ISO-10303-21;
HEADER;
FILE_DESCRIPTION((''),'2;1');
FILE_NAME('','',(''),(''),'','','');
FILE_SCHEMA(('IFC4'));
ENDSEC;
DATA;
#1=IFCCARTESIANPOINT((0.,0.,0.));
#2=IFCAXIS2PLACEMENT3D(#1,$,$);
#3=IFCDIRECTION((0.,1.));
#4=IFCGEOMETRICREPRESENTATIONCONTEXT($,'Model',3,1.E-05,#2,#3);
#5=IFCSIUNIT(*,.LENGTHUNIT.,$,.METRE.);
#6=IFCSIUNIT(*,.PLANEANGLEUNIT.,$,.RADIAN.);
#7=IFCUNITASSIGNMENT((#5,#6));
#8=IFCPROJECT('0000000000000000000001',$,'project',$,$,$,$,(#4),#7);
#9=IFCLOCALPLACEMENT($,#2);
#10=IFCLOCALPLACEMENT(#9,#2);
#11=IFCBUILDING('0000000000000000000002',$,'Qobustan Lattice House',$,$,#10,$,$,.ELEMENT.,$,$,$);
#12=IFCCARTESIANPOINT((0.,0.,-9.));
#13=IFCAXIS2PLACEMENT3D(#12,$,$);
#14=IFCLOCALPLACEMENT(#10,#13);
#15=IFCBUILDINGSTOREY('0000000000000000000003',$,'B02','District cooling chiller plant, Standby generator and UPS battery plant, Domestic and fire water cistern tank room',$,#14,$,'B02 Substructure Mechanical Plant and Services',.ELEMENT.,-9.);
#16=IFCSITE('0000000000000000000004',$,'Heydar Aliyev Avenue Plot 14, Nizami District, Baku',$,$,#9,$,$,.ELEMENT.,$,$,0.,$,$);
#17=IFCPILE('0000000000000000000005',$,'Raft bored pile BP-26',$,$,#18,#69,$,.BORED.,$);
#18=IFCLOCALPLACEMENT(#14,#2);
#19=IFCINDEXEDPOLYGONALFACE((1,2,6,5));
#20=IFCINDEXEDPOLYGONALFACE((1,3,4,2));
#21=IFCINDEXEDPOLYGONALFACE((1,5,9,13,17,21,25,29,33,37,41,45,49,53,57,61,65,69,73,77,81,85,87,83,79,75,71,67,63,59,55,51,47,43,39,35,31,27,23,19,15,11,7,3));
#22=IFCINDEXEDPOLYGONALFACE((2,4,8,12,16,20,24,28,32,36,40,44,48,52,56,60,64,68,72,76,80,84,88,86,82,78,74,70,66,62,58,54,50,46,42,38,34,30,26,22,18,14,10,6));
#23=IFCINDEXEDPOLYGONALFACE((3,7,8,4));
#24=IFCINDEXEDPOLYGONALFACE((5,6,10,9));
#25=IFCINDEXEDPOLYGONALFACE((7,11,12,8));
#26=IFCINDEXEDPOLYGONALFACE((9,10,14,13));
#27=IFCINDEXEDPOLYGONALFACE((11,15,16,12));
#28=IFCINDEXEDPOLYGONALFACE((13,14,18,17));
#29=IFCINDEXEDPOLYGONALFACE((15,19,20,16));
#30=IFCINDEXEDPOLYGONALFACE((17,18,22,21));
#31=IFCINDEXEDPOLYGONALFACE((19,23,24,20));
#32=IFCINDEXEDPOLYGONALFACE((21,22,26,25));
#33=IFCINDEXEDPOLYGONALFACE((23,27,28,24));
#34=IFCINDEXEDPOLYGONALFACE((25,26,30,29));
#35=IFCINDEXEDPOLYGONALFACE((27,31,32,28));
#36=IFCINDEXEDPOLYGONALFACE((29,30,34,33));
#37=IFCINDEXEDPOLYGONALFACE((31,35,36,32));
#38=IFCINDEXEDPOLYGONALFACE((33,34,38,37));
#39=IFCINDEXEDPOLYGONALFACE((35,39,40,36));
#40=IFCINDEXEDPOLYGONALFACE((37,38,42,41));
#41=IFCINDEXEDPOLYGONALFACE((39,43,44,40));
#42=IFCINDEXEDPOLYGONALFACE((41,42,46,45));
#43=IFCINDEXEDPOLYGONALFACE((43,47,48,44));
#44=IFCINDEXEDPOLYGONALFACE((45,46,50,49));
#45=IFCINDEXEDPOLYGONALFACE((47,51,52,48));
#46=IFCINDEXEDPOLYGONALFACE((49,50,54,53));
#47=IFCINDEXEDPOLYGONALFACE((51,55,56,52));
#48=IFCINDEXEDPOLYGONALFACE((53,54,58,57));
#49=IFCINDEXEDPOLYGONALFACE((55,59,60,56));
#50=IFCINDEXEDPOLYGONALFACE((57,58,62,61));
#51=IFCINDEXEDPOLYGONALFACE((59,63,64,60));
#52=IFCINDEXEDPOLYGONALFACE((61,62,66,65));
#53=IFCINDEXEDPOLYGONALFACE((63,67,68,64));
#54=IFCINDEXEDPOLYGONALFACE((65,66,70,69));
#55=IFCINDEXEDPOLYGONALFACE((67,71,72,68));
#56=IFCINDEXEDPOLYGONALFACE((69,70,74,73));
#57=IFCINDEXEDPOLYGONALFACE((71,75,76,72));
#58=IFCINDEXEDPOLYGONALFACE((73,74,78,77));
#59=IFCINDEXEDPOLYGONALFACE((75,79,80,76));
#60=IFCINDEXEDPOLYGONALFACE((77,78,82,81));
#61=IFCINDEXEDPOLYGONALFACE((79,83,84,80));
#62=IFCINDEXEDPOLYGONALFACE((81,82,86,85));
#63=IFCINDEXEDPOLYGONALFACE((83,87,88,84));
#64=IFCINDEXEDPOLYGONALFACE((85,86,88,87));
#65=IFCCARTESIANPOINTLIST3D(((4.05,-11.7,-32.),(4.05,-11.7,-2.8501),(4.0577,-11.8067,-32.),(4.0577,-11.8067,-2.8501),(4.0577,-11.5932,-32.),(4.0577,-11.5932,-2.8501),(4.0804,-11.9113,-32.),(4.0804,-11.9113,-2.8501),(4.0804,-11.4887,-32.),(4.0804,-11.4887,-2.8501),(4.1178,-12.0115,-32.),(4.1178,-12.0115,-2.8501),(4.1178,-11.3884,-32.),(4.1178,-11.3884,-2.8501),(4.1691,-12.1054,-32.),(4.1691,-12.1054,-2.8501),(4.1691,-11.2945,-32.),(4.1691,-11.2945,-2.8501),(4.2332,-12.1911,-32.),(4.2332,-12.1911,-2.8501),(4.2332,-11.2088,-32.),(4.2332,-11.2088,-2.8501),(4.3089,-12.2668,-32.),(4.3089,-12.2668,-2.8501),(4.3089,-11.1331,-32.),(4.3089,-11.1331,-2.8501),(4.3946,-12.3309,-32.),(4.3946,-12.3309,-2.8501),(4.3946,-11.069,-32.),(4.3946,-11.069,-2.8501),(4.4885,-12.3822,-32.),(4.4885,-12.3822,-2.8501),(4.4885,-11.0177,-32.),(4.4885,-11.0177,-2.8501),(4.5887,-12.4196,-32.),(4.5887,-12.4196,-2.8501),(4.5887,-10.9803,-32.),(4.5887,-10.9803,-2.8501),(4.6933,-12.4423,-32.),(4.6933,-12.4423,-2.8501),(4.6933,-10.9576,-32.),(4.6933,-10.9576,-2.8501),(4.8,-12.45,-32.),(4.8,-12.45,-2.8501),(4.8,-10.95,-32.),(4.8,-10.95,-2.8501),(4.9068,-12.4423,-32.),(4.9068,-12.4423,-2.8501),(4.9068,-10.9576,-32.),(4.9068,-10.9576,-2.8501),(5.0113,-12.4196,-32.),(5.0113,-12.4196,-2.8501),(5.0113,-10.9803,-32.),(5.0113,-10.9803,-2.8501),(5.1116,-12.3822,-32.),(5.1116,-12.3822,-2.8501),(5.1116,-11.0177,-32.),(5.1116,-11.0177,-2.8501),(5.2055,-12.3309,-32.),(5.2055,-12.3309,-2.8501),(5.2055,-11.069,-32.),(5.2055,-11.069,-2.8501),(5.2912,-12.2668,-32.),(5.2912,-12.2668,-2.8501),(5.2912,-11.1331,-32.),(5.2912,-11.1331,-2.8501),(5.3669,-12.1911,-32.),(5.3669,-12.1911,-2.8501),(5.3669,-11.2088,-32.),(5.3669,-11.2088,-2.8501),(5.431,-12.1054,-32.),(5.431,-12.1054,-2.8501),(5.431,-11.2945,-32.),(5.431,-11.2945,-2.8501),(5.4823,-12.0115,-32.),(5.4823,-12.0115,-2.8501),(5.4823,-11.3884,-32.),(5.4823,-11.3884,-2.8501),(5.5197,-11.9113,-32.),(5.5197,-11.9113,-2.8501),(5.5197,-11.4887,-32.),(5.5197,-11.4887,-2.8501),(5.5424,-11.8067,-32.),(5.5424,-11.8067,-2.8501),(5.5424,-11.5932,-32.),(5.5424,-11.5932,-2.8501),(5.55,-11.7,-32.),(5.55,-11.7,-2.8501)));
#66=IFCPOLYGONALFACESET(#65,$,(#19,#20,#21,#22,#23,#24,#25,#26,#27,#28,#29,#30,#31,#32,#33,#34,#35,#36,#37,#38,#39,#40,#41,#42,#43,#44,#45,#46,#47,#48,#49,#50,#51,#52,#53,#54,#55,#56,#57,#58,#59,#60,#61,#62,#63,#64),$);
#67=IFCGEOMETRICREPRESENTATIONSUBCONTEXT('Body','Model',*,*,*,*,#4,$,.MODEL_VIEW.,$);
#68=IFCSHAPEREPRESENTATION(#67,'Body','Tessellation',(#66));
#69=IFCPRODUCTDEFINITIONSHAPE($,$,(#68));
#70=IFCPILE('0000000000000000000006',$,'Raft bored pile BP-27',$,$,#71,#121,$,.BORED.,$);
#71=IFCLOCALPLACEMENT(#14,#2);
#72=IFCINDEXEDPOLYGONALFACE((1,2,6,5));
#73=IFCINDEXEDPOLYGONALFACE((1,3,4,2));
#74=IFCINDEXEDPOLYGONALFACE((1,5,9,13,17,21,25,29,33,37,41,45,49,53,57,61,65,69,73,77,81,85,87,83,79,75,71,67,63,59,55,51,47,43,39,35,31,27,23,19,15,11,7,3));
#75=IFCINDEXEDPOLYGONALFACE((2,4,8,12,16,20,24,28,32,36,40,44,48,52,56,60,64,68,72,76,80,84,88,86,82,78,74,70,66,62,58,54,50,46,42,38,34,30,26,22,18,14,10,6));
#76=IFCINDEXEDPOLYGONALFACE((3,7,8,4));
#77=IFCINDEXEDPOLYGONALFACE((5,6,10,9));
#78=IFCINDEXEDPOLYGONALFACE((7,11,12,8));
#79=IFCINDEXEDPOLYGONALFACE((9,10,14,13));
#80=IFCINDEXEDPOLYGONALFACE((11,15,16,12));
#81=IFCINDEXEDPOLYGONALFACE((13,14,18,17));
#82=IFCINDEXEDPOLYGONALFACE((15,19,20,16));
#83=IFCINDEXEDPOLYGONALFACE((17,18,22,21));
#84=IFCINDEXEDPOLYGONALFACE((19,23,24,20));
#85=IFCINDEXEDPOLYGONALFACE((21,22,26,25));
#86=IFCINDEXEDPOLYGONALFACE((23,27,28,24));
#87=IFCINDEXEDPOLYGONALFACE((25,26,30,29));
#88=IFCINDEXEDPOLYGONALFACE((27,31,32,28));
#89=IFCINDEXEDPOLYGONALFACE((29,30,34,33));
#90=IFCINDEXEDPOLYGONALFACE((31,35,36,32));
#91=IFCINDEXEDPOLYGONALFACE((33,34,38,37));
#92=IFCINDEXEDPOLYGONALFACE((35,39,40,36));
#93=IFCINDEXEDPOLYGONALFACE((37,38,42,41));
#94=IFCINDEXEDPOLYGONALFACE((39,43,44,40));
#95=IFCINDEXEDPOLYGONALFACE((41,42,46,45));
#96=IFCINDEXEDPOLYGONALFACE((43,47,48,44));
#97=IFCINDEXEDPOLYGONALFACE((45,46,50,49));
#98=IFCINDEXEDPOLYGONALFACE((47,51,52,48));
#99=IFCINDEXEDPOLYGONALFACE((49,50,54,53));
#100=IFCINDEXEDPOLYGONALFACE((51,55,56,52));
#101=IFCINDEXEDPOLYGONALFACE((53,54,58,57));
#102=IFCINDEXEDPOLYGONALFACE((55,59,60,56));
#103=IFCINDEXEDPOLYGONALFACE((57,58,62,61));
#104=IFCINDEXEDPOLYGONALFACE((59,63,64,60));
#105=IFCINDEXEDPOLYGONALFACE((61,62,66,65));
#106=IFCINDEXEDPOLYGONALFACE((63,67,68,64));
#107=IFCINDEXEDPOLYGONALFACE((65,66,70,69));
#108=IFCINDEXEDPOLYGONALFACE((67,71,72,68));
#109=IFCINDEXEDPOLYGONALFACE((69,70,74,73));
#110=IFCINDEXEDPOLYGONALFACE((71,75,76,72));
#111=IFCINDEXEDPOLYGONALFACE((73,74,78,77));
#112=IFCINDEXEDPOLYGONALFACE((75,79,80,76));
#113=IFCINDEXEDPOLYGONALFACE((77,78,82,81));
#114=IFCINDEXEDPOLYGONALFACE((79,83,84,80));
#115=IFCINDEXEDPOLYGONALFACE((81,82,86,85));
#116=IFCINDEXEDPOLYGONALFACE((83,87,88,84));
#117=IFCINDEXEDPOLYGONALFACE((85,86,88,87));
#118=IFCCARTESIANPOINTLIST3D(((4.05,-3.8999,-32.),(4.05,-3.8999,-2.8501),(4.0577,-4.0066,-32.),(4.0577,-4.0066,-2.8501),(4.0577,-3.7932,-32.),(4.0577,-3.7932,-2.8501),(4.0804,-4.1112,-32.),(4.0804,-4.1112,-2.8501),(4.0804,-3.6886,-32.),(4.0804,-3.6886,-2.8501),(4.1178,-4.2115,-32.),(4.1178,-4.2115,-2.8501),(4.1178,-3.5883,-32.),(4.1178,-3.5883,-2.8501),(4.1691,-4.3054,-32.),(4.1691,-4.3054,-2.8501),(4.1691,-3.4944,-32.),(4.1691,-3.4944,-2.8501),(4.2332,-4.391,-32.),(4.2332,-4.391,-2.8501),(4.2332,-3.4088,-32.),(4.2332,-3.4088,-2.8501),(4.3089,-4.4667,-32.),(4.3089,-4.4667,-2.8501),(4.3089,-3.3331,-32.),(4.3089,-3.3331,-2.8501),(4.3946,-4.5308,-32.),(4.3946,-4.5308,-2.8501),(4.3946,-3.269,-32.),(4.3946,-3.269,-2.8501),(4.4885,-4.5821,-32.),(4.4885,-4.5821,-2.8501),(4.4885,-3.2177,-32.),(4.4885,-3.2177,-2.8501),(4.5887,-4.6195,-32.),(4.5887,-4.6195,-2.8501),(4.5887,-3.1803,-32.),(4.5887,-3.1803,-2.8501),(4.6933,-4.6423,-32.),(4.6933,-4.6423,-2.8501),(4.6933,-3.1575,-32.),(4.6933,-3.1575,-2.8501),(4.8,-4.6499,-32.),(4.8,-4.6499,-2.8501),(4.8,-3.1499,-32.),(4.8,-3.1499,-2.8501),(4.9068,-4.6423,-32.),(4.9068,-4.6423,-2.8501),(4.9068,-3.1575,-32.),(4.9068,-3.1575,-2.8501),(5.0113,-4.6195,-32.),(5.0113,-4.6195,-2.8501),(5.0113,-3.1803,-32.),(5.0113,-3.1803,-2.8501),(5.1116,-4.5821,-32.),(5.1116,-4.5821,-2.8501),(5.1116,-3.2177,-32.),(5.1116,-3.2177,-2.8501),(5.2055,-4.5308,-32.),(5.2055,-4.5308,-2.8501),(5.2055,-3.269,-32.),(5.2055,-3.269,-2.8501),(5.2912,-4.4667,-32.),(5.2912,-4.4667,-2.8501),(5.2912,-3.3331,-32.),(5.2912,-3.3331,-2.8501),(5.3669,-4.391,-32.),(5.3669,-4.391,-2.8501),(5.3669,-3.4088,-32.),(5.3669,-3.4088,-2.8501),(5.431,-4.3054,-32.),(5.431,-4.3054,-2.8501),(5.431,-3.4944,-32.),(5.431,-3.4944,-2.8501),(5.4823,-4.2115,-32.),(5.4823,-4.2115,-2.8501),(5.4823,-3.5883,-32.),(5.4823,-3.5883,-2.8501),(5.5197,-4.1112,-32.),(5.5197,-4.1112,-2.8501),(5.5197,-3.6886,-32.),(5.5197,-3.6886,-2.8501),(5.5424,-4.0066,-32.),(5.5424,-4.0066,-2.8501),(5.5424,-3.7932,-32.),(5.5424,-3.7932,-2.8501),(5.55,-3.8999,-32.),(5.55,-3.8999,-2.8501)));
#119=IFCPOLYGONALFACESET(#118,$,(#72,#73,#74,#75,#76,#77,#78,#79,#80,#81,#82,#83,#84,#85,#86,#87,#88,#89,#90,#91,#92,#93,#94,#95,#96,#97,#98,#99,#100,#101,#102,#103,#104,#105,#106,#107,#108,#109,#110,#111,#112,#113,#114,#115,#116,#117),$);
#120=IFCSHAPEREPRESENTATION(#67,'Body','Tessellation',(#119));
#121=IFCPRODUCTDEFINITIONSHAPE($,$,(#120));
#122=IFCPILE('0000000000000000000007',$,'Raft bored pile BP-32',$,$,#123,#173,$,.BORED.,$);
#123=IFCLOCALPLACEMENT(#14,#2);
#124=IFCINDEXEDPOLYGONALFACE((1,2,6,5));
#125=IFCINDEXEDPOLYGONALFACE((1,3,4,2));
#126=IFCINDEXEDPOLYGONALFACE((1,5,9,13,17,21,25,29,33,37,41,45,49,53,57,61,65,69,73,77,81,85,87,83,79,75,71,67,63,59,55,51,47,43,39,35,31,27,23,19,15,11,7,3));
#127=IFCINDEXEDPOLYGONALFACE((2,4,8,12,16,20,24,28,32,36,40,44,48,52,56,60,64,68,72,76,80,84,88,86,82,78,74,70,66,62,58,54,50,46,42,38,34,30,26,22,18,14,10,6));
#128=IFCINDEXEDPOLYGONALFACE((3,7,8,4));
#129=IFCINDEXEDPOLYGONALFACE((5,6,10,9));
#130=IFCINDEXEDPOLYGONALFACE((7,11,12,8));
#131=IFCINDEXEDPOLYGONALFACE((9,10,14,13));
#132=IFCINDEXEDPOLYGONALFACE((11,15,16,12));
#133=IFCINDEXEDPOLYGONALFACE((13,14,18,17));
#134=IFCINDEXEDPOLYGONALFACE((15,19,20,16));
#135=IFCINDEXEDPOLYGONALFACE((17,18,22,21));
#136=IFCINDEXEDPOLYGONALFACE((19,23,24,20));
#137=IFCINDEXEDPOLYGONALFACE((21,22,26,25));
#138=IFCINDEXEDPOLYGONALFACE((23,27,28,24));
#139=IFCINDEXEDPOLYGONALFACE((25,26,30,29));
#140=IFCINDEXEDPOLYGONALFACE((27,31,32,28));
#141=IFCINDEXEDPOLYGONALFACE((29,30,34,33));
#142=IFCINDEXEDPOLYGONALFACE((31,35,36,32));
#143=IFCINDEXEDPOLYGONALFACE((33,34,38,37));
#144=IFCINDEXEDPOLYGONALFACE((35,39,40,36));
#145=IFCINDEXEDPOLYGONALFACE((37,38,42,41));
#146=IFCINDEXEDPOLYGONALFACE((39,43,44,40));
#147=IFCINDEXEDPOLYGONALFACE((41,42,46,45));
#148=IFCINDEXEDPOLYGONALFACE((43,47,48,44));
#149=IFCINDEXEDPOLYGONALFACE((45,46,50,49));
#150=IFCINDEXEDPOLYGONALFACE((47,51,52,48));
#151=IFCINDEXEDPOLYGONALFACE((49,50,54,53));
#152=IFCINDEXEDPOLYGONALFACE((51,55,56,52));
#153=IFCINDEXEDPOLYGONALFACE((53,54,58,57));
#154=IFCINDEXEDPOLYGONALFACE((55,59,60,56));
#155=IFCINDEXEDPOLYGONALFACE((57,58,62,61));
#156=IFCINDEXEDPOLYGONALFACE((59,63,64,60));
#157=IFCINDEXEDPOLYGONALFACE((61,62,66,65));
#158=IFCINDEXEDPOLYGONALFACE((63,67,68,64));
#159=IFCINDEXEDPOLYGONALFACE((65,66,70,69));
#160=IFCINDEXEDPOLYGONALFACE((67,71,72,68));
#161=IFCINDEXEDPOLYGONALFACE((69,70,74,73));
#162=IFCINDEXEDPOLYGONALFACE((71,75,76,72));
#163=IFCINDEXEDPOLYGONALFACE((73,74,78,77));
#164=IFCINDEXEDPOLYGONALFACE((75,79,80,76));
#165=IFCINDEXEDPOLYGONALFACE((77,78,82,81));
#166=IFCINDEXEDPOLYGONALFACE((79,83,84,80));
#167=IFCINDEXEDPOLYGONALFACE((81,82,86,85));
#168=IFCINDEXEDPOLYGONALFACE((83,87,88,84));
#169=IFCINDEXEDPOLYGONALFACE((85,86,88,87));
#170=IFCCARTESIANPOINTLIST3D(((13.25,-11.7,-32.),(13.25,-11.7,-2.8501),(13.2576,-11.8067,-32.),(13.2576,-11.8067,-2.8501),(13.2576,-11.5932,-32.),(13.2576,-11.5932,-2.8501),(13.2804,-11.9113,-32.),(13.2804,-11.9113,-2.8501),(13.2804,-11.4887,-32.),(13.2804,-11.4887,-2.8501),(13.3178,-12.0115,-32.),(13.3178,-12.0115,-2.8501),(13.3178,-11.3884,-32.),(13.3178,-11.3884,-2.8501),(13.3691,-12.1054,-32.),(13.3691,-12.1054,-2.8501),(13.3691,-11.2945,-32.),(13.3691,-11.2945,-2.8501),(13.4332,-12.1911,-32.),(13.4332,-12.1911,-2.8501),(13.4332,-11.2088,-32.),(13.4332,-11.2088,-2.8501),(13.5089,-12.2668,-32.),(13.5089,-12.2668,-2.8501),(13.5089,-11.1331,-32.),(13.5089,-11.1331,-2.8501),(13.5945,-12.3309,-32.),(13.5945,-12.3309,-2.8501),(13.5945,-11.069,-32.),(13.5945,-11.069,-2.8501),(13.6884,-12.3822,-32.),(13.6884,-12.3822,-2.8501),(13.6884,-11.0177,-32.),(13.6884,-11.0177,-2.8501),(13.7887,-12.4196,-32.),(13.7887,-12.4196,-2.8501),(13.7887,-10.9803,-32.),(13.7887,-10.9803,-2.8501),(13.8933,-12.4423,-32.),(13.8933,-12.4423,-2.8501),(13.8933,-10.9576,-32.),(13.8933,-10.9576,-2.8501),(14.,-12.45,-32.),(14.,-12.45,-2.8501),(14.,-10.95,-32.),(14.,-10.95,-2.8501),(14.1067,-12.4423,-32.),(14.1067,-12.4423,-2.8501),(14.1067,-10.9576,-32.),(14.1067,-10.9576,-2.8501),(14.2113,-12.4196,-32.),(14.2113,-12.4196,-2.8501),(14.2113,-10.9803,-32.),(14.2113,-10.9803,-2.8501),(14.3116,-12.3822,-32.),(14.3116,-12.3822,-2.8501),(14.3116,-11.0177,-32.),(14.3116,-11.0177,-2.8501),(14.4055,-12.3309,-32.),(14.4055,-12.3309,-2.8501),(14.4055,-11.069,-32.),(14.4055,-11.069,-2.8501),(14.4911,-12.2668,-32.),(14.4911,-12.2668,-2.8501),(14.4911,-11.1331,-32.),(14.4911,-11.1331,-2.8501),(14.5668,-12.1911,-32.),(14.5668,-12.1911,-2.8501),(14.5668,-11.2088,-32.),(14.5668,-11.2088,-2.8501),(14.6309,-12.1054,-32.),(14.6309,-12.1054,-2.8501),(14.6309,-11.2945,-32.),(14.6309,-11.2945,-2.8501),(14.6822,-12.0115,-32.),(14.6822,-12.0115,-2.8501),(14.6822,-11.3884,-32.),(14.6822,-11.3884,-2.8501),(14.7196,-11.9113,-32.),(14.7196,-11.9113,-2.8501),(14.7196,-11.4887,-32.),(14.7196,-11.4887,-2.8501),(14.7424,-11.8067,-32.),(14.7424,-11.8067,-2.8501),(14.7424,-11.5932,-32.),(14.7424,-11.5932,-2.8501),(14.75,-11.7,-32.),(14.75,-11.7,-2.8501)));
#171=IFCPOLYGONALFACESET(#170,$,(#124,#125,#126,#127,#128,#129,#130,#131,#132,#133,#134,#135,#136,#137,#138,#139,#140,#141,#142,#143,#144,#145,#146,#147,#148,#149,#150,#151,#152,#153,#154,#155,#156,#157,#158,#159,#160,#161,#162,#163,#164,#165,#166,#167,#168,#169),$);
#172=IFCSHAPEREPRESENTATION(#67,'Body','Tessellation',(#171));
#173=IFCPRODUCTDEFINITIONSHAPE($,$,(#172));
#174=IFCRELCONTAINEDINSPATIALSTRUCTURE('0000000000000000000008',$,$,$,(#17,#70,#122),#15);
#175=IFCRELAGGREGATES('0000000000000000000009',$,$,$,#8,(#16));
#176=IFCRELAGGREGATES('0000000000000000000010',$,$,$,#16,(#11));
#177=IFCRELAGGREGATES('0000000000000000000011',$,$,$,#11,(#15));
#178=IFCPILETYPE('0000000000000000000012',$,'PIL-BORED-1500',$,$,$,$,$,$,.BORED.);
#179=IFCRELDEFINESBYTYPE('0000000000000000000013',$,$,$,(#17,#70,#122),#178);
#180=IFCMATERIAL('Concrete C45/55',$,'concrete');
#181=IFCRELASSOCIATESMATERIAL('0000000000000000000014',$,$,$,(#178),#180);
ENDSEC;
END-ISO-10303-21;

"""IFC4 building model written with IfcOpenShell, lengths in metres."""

from ifc_helpers import new_model, si_unit, direction, frame, origin, origin_2d, place, context, subcontext, project, spatial, circle, extrude, material, material_profile, profile_set, type_object, element, save


model = new_model("IFC4")

# Units and contexts
model_context = context("Model", 3, precision=1e-05, world=origin(), true_north=direction((0.0, 1.0)))
body_context = subcontext(model_context, "Body", "Model", "MODEL_VIEW")
ifc_project = project(units=[si_unit("LENGTHUNIT", "METRE"), si_unit("PLANEANGLEUNIT", "RADIAN")], contexts=[model_context])

# Site, building, storey
site_placement = place(None, origin())
site = spatial("IfcSite", under=ifc_project, at=site_placement, Name="Heydar Aliyev Avenue Plot 14, Nizami District, Baku", CompositionType="ELEMENT", RefElevation=0.0)
building_placement = place(site_placement, origin())
building = spatial("IfcBuilding", under=site, at=building_placement, Name="Qobustan Lattice House", CompositionType="ELEMENT")
storey_placement = place(building_placement, frame((0.0, 0.0, -9.0)))
storey = spatial("IfcBuildingStorey", under=building, at=storey_placement, Name="B02", Description="District cooling chiller plant, Standby generator and UPS battery plant, Domestic and fire water cistern tank room", LongName="B02 Substructure Mechanical Plant and Services", CompositionType="ELEMENT", Elevation=-9.0)

# Piles
ifc_material_1 = material(Name="Concrete C45/55", Category="concrete")
ifc_material_profile_1 = material_profile(ifc_material_1, circle(Radius=0.75, at=origin_2d()), Name="PILE-D1500")
ifc_profile_set_1 = profile_set([ifc_material_profile_1], Name="Concrete C45/55")
pile_type = type_object("IfcPileType", Name="PIL-BORED-1500", PredefinedType="BORED", material=ifc_profile_set_1)
for number, where, z_axis, x_axis, name in (
    (1, (4.8, -11.7, -2.8501), (0.0, 0.0, -1.0), (1.0, 0.0, 0.0), "Raft bored pile BP-26"),
    (2, (4.8, -3.8999, -2.8501), (0.0, 0.0, -1.0), (1.0, 0.0, 0.0), "Raft bored pile BP-27"),
    (3, (14.0, -11.7, -2.8501), (0.0, 0.0, -1.0), (1.0, 0.0, 0.0), "Raft bored pile BP-32"),
):
    element("IfcPile", number, at=place(storey_placement, frame(where, z_axis=z_axis, x_axis=x_axis)), inside=storey, type_object=pile_type, Name=name, PredefinedType="BORED", context=body_context, shape_type="SweptSolid", body=[
        extrude(circle(Radius=0.75, at=origin_2d()), origin(), (0.0, 0.0, 1.0), 29.1499),
    ])

save(model, "model.ifc")
